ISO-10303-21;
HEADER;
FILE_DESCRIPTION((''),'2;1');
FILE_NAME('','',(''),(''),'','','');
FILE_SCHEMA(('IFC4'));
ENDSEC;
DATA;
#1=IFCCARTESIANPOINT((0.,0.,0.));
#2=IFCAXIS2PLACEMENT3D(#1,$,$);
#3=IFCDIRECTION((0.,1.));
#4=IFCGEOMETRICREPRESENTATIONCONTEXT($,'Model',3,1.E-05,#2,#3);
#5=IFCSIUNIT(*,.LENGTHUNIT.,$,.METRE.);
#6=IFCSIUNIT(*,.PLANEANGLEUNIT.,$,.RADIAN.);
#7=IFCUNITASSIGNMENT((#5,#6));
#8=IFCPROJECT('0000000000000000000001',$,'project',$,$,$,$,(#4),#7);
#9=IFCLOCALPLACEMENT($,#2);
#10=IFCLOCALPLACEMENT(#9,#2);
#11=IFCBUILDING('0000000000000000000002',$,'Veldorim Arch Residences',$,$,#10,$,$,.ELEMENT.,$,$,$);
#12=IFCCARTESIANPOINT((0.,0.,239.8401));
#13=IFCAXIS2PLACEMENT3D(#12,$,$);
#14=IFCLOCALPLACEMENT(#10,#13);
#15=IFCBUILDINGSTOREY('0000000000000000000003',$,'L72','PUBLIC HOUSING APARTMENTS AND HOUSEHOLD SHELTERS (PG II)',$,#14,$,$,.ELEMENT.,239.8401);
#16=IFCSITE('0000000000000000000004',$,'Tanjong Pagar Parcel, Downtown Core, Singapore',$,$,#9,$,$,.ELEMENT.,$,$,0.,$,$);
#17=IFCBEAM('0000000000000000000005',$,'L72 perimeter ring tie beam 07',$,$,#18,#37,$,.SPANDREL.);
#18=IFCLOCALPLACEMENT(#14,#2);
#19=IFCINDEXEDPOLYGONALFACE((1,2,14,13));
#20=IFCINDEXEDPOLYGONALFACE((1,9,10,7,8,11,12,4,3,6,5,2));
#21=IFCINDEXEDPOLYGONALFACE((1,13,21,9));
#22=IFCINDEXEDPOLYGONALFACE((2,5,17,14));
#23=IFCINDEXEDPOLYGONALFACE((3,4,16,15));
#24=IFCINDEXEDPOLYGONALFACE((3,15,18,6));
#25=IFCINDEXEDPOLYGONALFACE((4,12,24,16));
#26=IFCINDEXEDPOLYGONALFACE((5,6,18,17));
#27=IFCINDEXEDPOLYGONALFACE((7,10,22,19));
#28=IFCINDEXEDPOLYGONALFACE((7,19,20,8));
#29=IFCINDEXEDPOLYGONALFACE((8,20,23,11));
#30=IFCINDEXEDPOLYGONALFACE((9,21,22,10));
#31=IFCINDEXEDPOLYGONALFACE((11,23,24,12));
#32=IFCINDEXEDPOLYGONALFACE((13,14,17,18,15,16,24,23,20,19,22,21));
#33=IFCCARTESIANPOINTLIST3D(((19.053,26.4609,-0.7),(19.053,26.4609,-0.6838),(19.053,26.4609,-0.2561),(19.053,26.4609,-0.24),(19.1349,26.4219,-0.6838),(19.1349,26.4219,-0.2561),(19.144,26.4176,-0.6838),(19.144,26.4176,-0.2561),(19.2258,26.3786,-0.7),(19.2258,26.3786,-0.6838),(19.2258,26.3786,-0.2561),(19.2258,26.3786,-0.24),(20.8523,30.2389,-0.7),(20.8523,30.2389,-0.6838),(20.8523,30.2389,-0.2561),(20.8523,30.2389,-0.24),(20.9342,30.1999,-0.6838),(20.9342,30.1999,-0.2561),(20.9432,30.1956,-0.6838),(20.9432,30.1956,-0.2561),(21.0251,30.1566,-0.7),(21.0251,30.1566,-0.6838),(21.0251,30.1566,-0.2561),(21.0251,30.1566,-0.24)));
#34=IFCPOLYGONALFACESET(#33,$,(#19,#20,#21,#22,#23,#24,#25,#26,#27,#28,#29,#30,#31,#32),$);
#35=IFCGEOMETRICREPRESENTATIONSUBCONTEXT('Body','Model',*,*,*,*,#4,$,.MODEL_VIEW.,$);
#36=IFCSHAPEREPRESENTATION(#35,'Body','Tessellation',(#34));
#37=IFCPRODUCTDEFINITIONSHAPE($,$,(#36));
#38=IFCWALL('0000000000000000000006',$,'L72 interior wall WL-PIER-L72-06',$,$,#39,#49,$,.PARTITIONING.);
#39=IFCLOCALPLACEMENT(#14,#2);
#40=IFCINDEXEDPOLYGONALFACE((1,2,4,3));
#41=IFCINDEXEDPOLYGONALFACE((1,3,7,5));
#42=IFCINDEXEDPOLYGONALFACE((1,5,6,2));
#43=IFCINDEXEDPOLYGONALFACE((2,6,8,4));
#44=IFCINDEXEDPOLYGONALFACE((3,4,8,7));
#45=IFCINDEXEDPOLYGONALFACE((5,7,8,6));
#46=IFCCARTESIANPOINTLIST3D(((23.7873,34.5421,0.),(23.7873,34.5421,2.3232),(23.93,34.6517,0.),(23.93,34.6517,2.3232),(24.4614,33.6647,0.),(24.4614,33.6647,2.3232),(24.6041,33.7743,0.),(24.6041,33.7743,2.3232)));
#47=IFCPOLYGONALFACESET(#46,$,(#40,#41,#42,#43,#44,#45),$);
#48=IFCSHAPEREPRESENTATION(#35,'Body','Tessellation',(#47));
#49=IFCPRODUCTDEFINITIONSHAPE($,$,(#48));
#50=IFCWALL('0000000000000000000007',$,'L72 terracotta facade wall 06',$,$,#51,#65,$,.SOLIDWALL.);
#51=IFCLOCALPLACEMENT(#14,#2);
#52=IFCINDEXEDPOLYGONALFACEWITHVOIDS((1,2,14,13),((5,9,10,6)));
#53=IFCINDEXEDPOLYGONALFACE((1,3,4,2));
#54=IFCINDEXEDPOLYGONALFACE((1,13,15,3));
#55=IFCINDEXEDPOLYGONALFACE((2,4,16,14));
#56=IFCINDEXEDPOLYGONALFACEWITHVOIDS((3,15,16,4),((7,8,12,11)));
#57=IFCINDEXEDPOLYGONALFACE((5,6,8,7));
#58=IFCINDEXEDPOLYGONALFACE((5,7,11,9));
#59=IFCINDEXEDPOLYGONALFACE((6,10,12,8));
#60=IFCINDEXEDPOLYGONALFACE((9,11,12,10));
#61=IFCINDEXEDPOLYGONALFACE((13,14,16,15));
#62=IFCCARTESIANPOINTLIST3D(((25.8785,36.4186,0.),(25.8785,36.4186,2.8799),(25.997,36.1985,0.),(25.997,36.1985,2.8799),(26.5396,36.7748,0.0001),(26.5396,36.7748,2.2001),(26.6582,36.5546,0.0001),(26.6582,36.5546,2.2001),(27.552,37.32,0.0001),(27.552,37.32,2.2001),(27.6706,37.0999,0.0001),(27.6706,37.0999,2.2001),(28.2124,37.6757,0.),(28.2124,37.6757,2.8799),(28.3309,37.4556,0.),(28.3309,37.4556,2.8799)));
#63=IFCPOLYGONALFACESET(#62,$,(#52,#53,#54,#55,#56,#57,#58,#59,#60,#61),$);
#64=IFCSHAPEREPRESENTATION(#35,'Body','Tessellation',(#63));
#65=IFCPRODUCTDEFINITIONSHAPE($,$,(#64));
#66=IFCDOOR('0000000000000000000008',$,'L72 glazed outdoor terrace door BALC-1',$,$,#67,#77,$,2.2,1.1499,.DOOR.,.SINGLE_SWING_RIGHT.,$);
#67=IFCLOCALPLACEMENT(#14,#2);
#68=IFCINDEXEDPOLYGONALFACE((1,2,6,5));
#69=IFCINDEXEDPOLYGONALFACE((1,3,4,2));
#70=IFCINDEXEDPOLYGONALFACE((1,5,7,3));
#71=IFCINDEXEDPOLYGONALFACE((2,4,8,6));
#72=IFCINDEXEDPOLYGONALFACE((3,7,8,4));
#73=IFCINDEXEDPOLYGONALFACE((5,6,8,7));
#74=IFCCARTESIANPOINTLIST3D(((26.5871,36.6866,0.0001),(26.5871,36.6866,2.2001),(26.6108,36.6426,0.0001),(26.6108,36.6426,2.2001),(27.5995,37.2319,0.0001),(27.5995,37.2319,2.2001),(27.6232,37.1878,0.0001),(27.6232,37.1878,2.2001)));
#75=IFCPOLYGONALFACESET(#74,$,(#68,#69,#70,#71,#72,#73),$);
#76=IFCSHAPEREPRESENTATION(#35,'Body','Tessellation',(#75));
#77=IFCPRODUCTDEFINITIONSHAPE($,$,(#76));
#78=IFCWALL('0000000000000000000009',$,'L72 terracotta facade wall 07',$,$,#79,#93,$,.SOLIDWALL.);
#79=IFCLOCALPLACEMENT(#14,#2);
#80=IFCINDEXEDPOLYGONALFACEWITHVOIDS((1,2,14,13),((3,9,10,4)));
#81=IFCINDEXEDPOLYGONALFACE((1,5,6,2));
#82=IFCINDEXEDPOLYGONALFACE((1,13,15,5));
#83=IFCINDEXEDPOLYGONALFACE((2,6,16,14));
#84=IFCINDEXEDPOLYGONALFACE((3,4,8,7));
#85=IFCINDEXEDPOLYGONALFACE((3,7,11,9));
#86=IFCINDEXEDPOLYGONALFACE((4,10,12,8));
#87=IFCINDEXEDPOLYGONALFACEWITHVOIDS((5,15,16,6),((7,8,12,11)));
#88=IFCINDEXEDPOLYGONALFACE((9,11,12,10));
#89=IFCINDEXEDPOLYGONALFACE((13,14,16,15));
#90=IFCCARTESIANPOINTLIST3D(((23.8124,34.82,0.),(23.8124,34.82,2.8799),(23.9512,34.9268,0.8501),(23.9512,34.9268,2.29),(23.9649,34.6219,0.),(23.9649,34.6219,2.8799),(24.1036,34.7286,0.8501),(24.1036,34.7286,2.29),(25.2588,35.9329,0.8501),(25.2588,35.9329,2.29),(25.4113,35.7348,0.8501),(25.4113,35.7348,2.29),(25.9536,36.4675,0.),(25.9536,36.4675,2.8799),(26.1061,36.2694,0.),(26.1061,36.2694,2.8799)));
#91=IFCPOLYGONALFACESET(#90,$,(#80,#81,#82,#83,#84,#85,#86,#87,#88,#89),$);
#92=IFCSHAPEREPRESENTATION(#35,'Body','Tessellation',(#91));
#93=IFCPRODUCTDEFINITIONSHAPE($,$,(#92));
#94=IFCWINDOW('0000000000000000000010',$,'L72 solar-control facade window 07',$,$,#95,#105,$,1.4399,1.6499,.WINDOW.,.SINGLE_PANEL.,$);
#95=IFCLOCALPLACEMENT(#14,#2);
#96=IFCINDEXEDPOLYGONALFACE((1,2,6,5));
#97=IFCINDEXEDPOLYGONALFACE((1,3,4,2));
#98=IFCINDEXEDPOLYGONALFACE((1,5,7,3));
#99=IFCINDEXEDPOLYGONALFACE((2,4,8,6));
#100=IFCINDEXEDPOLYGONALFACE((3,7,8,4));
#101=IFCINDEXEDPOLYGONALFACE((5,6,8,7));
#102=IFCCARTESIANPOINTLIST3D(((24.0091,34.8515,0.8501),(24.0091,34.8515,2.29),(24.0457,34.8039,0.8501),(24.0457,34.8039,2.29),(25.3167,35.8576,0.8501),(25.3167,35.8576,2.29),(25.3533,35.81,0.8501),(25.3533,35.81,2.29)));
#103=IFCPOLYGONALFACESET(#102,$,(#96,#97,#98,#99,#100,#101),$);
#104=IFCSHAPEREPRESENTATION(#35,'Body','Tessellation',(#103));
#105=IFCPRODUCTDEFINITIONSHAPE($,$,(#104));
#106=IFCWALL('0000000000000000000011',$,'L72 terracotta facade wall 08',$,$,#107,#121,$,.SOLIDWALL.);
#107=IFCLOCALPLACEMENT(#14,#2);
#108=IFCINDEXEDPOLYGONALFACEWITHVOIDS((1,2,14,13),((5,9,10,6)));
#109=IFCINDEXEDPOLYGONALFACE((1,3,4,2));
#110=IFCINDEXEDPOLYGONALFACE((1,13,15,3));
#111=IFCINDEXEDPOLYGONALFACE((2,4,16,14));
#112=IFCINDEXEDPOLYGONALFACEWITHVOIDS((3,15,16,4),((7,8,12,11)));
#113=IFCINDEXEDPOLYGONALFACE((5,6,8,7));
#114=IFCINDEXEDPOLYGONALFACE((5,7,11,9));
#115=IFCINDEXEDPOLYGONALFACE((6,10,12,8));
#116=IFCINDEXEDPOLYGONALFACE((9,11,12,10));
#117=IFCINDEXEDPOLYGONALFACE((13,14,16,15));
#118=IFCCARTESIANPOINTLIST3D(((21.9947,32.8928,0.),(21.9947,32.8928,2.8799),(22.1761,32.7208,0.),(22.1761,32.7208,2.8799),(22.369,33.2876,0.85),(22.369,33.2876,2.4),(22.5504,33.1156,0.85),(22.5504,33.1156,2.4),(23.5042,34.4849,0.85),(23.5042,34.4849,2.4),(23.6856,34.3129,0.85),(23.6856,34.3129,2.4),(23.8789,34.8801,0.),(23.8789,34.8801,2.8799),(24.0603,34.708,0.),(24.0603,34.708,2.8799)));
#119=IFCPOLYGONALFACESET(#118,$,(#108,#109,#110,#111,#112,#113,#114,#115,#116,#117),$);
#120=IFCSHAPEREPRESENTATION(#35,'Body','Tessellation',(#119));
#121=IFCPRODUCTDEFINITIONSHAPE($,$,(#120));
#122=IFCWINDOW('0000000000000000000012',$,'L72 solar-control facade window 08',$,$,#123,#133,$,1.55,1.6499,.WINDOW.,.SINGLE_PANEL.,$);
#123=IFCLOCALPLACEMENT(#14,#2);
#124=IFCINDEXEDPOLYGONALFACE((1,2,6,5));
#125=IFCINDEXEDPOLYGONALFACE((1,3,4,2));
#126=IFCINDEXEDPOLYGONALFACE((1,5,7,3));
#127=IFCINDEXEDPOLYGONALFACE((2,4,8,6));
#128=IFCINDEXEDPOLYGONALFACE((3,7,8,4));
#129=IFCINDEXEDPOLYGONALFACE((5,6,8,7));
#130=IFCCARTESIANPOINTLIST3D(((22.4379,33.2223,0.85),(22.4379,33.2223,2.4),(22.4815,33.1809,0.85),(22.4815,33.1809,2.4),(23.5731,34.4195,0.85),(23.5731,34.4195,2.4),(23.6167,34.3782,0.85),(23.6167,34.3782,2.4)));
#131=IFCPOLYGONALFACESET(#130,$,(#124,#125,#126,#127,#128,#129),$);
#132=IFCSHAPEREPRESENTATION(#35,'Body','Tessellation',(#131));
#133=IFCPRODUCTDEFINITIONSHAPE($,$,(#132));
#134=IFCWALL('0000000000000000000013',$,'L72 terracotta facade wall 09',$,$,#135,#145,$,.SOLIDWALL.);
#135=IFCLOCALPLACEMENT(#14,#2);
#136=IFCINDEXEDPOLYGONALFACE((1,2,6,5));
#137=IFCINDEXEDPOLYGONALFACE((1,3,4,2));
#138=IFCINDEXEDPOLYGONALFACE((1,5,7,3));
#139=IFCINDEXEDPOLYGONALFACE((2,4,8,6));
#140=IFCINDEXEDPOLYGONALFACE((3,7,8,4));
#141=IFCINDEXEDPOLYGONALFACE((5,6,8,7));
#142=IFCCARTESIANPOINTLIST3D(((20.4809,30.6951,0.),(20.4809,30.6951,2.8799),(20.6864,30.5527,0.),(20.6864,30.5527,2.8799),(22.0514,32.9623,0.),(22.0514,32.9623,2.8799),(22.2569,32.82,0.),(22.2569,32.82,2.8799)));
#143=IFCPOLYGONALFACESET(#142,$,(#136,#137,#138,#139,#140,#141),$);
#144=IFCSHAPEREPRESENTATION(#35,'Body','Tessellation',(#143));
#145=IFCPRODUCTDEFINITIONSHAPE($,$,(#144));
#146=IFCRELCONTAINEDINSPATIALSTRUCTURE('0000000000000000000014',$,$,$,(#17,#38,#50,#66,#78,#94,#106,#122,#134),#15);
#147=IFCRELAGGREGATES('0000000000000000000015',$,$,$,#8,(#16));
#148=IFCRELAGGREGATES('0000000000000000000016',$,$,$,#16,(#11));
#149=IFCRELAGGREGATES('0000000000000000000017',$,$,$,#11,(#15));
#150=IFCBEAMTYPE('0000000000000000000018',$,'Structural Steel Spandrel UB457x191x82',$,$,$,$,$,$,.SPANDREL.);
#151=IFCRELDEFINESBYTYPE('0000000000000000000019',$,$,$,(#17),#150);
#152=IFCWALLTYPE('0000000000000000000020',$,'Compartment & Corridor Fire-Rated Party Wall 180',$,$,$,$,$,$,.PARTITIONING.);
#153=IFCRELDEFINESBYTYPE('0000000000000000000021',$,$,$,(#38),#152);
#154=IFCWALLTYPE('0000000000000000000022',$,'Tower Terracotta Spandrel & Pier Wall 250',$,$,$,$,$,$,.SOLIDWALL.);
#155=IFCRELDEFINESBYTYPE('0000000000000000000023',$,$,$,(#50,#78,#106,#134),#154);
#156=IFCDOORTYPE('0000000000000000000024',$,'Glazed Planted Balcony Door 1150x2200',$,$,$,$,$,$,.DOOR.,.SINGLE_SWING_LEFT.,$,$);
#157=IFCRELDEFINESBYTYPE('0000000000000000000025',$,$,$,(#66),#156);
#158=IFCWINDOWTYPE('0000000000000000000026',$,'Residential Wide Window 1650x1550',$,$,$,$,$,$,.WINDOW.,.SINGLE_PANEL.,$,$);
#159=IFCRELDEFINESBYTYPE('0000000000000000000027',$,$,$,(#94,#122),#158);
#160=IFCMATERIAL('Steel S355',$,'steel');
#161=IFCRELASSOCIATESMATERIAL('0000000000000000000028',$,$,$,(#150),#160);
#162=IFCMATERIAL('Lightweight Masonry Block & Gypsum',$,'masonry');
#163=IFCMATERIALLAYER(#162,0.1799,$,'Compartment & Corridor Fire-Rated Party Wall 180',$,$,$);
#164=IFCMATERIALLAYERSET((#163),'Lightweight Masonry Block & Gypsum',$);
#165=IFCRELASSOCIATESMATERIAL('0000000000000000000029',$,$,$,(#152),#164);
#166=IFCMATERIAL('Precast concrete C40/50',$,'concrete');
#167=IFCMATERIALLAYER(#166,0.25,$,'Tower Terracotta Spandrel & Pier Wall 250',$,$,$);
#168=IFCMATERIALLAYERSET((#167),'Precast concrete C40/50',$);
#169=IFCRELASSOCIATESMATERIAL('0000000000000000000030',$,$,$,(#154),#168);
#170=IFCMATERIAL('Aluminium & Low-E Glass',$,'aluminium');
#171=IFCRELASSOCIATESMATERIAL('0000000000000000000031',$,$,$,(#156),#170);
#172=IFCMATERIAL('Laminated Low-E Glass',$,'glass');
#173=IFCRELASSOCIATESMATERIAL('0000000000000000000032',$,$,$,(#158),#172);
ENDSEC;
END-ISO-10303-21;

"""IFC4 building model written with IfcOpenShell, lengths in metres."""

from ifc_helpers import new_model, si_unit, direction, frame, frame_2d, origin, origin_2d, place, context, subcontext, project, spatial, rectangle, i_section, extrude, material, layer, layer_set, material_profile, profile_set, type_object, element, fill, save


model = new_model("IFC4")

# Units and contexts
model_context = context("Model", 3, precision=1e-05, world=origin(), true_north=direction((0.0, 1.0)))
body_context = subcontext(model_context, "Body", "Model", "MODEL_VIEW")
ifc_project = project(units=[si_unit("LENGTHUNIT", "METRE"), si_unit("PLANEANGLEUNIT", "RADIAN")], contexts=[model_context])

# Site, building, storey
site_placement = place(None, origin())
site = spatial("IfcSite", under=ifc_project, at=site_placement, Name="Tanjong Pagar Parcel, Downtown Core, Singapore", CompositionType="ELEMENT", RefElevation=0.0)
building_placement = place(site_placement, origin())
building = spatial("IfcBuilding", under=site, at=building_placement, Name="Veldorim Arch Residences", CompositionType="ELEMENT")
storey_placement = place(building_placement, frame((0.0, 0.0, 239.8401)))
storey = spatial("IfcBuildingStorey", under=building, at=storey_placement, Name="L72", Description="PUBLIC HOUSING APARTMENTS AND HOUSEHOLD SHELTERS (PG II)", CompositionType="ELEMENT", Elevation=239.8401)

# Beam
ifc_material_1 = material(Name="Steel S355", Category="steel")
ifc_material_profile_1 = material_profile(ifc_material_1, i_section(OverallWidth=0.1914, OverallDepth=0.46, WebThickness=0.01, FlangeThickness=0.0161, at=origin_2d()), Name="UB457x191x82")
ifc_profile_set_1 = profile_set([ifc_material_profile_1], Name="Steel S355")
beam_type_1 = type_object("IfcBeamType", Name="Structural Steel Spandrel UB457x191x82", PredefinedType="SPANDREL", material=ifc_profile_set_1)
beam_1_placement = place(storey_placement, frame((20.9387, 30.1978, -0.47), z_axis=(-0.429979, -0.902839, 0.0), x_axis=(0.902839, -0.429979, 0.0)))
element("IfcBeam", 1, at=beam_1_placement, inside=storey, type_object=beam_type_1, Name="L72 perimeter ring tie beam 07", PredefinedType="SPANDREL", context=body_context, shape_type="SweptSolid", body=[
    extrude(i_section(OverallWidth=0.1914, OverallDepth=0.46, WebThickness=0.01, FlangeThickness=0.0161, at=origin_2d()), origin(), (0.0, 0.0, 1.0), 4.1846),
])

# Wall
ifc_material_2 = material(Name="Lightweight Masonry Block & Gypsum", Category="masonry")
ifc_layer_1 = layer(ifc_material_2, 0.1799, Name="Compartment & Corridor Fire-Rated Party Wall 180")
ifc_layer_set_1 = layer_set([ifc_layer_1], Name="Lightweight Masonry Block & Gypsum")
wall_type_1 = type_object("IfcWallType", Name="Compartment & Corridor Fire-Rated Party Wall 180", PredefinedType="PARTITIONING", material=ifc_layer_set_1)
wall_1_placement = place(storey_placement, frame((24.5327, 33.7195, 0.0), z_axis=(0.0, 0.0, 1.0), x_axis=(-0.609209, 0.793009, 0.0)))
element("IfcWall", 2, at=wall_1_placement, inside=storey, type_object=wall_type_1, Name="L72 interior wall WL-PIER-L72-06", PredefinedType="PARTITIONING", context=body_context, shape_type="SweptSolid", body=[
    extrude(rectangle(XDim=1.1064, YDim=0.1799, at=frame_2d((0.5532, 0.0))), origin(), (0.0, 0.0, 1.0), 2.3232),
])

# Wall, opening, door
ifc_material_3 = material(Name="Precast concrete C40/50", Category="concrete")
ifc_layer_2 = layer(ifc_material_3, 0.25, Name="Tower Terracotta Spandrel & Pier Wall 250")
ifc_layer_set_2 = layer_set([ifc_layer_2], Name="Precast concrete C40/50")
wall_type_2 = type_object("IfcWallType", Name="Tower Terracotta Spandrel & Pier Wall 250", PredefinedType="SOLIDWALL", material=ifc_layer_set_2)
wall_2_placement = place(storey_placement, frame((25.9377, 36.3086, 0.0), z_axis=(0.0, 0.0, 1.0), x_axis=(0.880421, 0.474193, 0.0)))
wall_2 = element("IfcWall", 3, at=wall_2_placement, inside=storey, type_object=wall_type_2, Name="L72 terracotta facade wall 06", PredefinedType="SOLIDWALL", context=body_context, shape_type="SweptSolid", body=[
    extrude(rectangle(XDim=2.6509, YDim=0.25, at=frame_2d((1.3254, 0.0))), origin(), (0.0, 0.0, 1.0), 2.8799),
])
opening_1_placement = place(wall_2_placement, frame((0.751, 0.0, 0.0)))
opening_1 = element("IfcOpeningElement", 4, at=opening_1_placement, cuts=wall_2, PredefinedType="OPENING", context=body_context, shape_type="SweptSolid", body=[
    extrude(rectangle(XDim=1.1499, YDim=2.2, at=frame_2d((0.575, 1.1001))), frame((0.0, 0.135, 0.0), z_axis=(0.0, -1.0, 0.0), x_axis=(1.0, 0.0, 0.0)), (0.0, 0.0, 1.0), 0.27),
])
ifc_material_4 = material(Name="Aluminium & Low-E Glass", Category="aluminium")
door_type_1 = type_object("IfcDoorType", Name="Glazed Planted Balcony Door 1150x2200", OperationType="SINGLE_SWING_LEFT", PredefinedType="DOOR", material=ifc_material_4)
door_1_placement = place(opening_1_placement, origin())
door_1 = element("IfcDoor", 5, at=door_1_placement, inside=storey, type_object=door_type_1, Name="L72 glazed outdoor terrace door BALC-1", OperationType="SINGLE_SWING_RIGHT", OverallHeight=2.2, OverallWidth=1.1499, PredefinedType="DOOR", context=body_context, shape_type="SweptSolid", body=[
    extrude(rectangle(XDim=1.1499, YDim=2.2, at=frame_2d((0.575, 1.1001))), frame((0.0, 0.0249, 0.0), z_axis=(0.0, -1.0, 0.0), x_axis=(1.0, 0.0, 0.0)), (0.0, 0.0, 1.0), 0.05),
])
fill(opening_1, door_1)

# Walls, openings, windows
wall_3_placement = place(storey_placement, frame((23.8887, 34.7209, 0.0), z_axis=(0.0, 0.0, 1.0), x_axis=(0.792543, 0.609816, 0.0)))
wall_3 = element("IfcWall", 6, at=wall_3_placement, inside=storey, type_object=wall_type_2, Name="L72 terracotta facade wall 07", PredefinedType="SOLIDWALL", context=body_context, shape_type="SweptSolid", body=[
    extrude(rectangle(XDim=2.7017, YDim=0.25, at=frame_2d((1.3508, 0.0))), origin(), (0.0, 0.0, 1.0), 2.8799),
])
opening_2_placement = place(wall_3_placement, frame((0.175, 0.0, 0.8501)))
opening_2 = element("IfcOpeningElement", 7, at=opening_2_placement, cuts=wall_3, PredefinedType="OPENING", context=body_context, shape_type="SweptSolid", body=[
    extrude(rectangle(XDim=1.6499, YDim=1.4399, at=frame_2d((0.825, 0.72))), frame((0.0, 0.135, 0.0), z_axis=(0.0, -1.0, 0.0), x_axis=(1.0, 0.0, 0.0)), (0.0, 0.0, 1.0), 0.27),
])
ifc_material_5 = material(Name="Laminated Low-E Glass", Category="glass")
window_type_1 = type_object("IfcWindowType", Name="Residential Wide Window 1650x1550", PartitioningType="SINGLE_PANEL", PredefinedType="WINDOW", material=ifc_material_5)
window_1_placement = place(opening_2_placement, origin())
window_1 = element("IfcWindow", 8, at=window_1_placement, inside=storey, type_object=window_type_1, Name="L72 solar-control facade window 07", OverallHeight=1.4399, OverallWidth=1.6499, PartitioningType="SINGLE_PANEL", PredefinedType="WINDOW", context=body_context, shape_type="SweptSolid", body=[
    extrude(rectangle(XDim=1.6499, YDim=1.4399, at=frame_2d((0.825, 0.72))), frame((0.0, 0.03, 0.0), z_axis=(0.0, -1.0, 0.0), x_axis=(1.0, 0.0, 0.0)), (0.0, 0.0, 1.0), 0.0601),
])
fill(opening_2, window_1)
wall_4_placement = place(storey_placement, frame((22.0854, 32.8069, 0.0), z_axis=(0.0, 0.0, 1.0), x_axis=(0.688046, 0.725667, 0.0)))
wall_4 = element("IfcWall", 9, at=wall_4_placement, inside=storey, type_object=wall_type_2, Name="L72 terracotta facade wall 08", PredefinedType="SOLIDWALL", context=body_context, shape_type="SweptSolid", body=[
    extrude(rectangle(XDim=2.7385, YDim=0.25, at=frame_2d((1.3691, 0.0))), origin(), (0.0, 0.0, 1.0), 2.8799),
])
opening_3_placement = place(wall_4_placement, frame((0.5439, 0.0, 0.8501)))
opening_3 = element("IfcOpeningElement", 10, at=opening_3_placement, cuts=wall_4, PredefinedType="OPENING", context=body_context, shape_type="SweptSolid", body=[
    extrude(rectangle(XDim=1.6499, YDim=1.55, at=frame_2d((0.825, 0.7749))), frame((0.0, 0.135, 0.0), z_axis=(0.0, -1.0, 0.0), x_axis=(1.0, 0.0, 0.0)), (0.0, 0.0, 1.0), 0.27),
])
window_2_placement = place(opening_3_placement, origin())
window_2 = element("IfcWindow", 11, at=window_2_placement, inside=storey, type_object=window_type_1, Name="L72 solar-control facade window 08", OverallHeight=1.55, OverallWidth=1.6499, PartitioningType="SINGLE_PANEL", PredefinedType="WINDOW", context=body_context, shape_type="SweptSolid", body=[
    extrude(rectangle(XDim=1.6499, YDim=1.55, at=frame_2d((0.825, 0.7749))), frame((0.0, 0.03, 0.0), z_axis=(0.0, -1.0, 0.0), x_axis=(1.0, 0.0, 0.0)), (0.0, 0.0, 1.0), 0.0601),
])
fill(opening_3, window_2)

# Wall
wall_5_placement = place(storey_placement, frame((20.5837, 30.624, 0.0), z_axis=(0.0, 0.0, 1.0), x_axis=(0.569422, 0.822046, 0.0)))
element("IfcWall", 12, at=wall_5_placement, inside=storey, type_object=wall_type_2, Name="L72 terracotta facade wall 09", PredefinedType="SOLIDWALL", context=body_context, shape_type="SweptSolid", body=[
    extrude(rectangle(XDim=2.7581, YDim=0.25, at=frame_2d((1.3789, 0.0))), origin(), (0.0, 0.0, 1.0), 2.8799),
])

save(model, "model.ifc")
